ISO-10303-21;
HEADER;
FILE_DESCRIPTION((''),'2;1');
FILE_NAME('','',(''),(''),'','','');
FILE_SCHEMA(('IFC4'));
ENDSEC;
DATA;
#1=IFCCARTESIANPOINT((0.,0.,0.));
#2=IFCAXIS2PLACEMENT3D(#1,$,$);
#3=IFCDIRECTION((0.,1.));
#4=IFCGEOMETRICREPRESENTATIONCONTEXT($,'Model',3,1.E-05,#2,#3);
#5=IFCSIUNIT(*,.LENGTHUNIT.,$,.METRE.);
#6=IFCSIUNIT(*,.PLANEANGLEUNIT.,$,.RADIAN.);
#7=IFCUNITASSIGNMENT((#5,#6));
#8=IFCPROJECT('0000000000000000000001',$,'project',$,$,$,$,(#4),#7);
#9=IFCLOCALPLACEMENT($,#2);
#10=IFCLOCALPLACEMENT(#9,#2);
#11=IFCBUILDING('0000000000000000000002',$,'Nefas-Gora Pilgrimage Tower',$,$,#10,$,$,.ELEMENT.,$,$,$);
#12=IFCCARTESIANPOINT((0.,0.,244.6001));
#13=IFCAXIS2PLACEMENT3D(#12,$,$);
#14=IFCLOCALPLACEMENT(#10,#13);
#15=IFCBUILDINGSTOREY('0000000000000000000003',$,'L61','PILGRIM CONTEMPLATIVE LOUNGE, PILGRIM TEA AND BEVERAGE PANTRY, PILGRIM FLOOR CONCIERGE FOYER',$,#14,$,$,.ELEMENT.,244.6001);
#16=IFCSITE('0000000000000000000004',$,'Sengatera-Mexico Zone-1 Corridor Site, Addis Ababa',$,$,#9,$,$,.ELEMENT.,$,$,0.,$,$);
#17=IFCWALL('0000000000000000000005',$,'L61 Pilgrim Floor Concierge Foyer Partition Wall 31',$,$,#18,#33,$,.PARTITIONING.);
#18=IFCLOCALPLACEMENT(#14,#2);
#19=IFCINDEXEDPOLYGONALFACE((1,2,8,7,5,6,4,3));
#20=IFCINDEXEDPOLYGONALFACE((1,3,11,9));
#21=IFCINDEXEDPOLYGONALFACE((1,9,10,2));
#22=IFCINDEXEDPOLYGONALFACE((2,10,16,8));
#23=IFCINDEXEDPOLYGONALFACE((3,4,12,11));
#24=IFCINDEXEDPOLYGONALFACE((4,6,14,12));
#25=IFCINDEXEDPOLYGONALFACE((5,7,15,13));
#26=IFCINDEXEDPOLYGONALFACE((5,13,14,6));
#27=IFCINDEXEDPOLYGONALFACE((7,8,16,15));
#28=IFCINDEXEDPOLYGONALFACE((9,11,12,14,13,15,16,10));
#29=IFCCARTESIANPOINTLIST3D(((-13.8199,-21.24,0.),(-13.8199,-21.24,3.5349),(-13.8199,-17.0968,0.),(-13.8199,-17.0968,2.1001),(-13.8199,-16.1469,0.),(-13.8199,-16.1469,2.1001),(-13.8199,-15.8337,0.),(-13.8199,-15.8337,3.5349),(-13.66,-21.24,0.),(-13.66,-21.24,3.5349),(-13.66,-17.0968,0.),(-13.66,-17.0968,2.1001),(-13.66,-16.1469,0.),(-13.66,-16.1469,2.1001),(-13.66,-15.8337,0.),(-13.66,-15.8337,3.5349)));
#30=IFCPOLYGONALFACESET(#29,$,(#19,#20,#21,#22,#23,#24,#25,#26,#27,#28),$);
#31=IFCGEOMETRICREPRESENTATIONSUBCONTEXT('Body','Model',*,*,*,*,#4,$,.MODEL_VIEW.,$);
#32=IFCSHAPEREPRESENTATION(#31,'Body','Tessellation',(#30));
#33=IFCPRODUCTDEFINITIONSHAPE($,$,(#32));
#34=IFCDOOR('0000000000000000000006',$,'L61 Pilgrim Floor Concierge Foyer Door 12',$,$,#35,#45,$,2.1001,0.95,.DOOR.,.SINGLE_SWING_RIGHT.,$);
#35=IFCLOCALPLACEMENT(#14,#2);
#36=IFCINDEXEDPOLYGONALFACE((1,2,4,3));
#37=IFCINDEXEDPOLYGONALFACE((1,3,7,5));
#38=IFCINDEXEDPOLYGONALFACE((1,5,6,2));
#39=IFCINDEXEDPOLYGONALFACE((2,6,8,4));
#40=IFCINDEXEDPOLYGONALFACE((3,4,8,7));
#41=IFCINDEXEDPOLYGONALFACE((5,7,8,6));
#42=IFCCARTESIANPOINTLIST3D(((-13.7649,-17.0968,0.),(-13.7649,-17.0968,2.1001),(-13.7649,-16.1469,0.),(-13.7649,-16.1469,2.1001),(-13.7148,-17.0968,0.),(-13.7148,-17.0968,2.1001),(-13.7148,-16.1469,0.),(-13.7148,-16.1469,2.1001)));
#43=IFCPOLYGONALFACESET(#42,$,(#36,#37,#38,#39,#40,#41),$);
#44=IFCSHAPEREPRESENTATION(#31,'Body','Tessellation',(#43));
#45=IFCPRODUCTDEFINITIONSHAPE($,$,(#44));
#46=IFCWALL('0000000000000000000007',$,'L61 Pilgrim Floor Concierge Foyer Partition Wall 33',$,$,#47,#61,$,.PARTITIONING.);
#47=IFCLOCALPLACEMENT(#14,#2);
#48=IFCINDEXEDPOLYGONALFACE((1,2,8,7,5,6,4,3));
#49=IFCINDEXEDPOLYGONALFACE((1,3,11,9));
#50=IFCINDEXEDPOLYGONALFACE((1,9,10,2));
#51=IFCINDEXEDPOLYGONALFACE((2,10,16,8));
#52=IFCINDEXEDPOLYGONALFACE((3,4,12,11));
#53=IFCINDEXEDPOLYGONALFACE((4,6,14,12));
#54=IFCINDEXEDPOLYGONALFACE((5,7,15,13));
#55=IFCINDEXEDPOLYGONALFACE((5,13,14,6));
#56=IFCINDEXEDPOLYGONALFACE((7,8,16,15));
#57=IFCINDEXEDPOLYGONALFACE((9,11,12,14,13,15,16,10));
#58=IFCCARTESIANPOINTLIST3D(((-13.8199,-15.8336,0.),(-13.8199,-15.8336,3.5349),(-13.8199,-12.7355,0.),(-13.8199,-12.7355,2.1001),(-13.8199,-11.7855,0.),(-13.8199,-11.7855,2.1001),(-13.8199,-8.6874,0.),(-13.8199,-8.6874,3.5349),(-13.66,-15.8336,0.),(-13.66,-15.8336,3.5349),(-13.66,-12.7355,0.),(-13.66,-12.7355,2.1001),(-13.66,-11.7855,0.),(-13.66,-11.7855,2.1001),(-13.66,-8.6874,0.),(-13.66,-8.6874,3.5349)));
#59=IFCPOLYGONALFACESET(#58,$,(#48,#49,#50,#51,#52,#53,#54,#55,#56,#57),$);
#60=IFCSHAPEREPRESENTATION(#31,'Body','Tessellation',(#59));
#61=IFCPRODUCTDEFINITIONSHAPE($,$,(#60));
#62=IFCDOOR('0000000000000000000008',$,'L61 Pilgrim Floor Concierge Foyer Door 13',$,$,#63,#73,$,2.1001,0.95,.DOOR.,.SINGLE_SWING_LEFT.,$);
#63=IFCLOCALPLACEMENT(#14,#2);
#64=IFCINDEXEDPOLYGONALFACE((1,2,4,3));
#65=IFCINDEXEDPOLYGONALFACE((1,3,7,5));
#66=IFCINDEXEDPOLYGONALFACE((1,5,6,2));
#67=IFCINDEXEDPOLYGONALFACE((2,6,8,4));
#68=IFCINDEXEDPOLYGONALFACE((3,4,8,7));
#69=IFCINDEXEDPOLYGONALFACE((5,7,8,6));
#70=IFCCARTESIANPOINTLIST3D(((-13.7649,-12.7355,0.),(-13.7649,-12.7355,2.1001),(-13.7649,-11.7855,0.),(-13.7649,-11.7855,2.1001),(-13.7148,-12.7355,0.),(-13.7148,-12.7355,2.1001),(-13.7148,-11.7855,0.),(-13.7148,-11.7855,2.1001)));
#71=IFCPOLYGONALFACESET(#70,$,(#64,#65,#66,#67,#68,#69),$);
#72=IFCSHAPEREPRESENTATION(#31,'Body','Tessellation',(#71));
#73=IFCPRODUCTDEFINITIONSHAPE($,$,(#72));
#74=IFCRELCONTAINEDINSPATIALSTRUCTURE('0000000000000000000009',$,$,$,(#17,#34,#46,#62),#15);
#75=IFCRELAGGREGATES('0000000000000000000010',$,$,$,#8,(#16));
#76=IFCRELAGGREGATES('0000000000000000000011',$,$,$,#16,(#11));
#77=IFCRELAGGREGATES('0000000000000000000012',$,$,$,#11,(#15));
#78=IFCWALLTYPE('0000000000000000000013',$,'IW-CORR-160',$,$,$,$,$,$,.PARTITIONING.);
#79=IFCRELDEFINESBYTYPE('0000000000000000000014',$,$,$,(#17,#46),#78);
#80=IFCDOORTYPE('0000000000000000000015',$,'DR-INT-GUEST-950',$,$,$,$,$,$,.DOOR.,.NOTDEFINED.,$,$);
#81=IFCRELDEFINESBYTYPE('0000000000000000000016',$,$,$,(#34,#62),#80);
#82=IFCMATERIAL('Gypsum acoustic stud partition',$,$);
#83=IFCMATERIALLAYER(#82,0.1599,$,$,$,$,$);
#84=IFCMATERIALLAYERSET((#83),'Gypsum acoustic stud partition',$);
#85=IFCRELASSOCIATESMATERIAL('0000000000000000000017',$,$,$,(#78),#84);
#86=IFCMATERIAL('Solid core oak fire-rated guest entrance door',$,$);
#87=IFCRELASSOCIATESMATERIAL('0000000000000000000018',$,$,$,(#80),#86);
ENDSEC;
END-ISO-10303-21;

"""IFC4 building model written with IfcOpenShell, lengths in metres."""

from ifc_helpers import new_model, si_unit, direction, frame, frame_2d, origin, place, context, subcontext, project, spatial, rectangle, extrude, source, transform, mapped, material, layer, layer_set, type_object, element, fill, save


model = new_model("IFC4")

# Units and contexts
model_context = context("Model", 3, precision=1e-05, world=origin(), true_north=direction((0.0, 1.0)))
body_context = subcontext(model_context, "Body", "Model", "MODEL_VIEW")
ifc_project = project(units=[si_unit("LENGTHUNIT", "METRE"), si_unit("PLANEANGLEUNIT", "RADIAN")], contexts=[model_context])

# Site, building, storey
site_placement = place(None, origin())
site = spatial("IfcSite", under=ifc_project, at=site_placement, Name="Sengatera-Mexico Zone-1 Corridor Site, Addis Ababa", CompositionType="ELEMENT", RefElevation=0.0)
building_placement = place(site_placement, origin())
building = spatial("IfcBuilding", under=site, at=building_placement, Name="Nefas-Gora Pilgrimage Tower", CompositionType="ELEMENT")
storey_placement = place(building_placement, frame((0.0, 0.0, 244.6001)))
storey = spatial("IfcBuildingStorey", under=building, at=storey_placement, Name="L61", Description="PILGRIM CONTEMPLATIVE LOUNGE, PILGRIM TEA AND BEVERAGE PANTRY, PILGRIM FLOOR CONCIERGE FOYER", CompositionType="ELEMENT", Elevation=244.6001)

# Shared definitions
ifc_material_1 = material(Name="Gypsum acoustic stud partition")
ifc_layer_1 = layer(ifc_material_1, 0.1599)
ifc_layer_set_1 = layer_set([ifc_layer_1], Name="Gypsum acoustic stud partition")
wall_type_1 = type_object("IfcWallType", Name="IW-CORR-160", PredefinedType="PARTITIONING", material=ifc_layer_set_1)
ifc_material_2 = material(Name="Solid core oak fire-rated guest entrance door")
door_type = type_object("IfcDoorType", Name="DR-INT-GUEST-950", OperationType="NOTDEFINED", PredefinedType="DOOR", material=ifc_material_2)
shared_shape_1 = source(origin(), body_context, "Body", "SweptSolid", [
    extrude(rectangle(XDim=0.95, YDim=2.1001, at=frame_2d((0.4751, 1.05))), frame((0.0, 0.0249, 0.0), z_axis=(0.0, -1.0, 0.0), x_axis=(1.0, 0.0, 0.0)), (0.0, 0.0, 1.0), 0.05),
])

# Walls, openings, doors
shared_shape_2 = source(origin(), body_context, "Body", "SweptSolid", [
    extrude(rectangle(XDim=5.4062, YDim=0.1599, at=frame_2d((2.7031, 0.0))), origin(), (0.0, 0.0, 1.0), 3.5349),
])
wall_1_placement = place(storey_placement, frame((-13.74, -21.24, 0.0), z_axis=(0.0, 0.0, 1.0), x_axis=(0.0, 1.0, 0.0)))
wall_1 = element("IfcWall", 1, at=wall_1_placement, inside=storey, type_object=wall_type_1, Name="L61 Pilgrim Floor Concierge Foyer Partition Wall 31", PredefinedType="PARTITIONING", context=body_context, shape_type="MappedRepresentation", body=[
    mapped(shared_shape_2, transform((0.0, 0.0, 0.0), x_axis=(1.0, 0.0, 0.0), y_axis=(0.0, 1.0, 0.0), z_axis=(0.0, 0.0, 1.0), scale=1.0)),
])
opening_1_placement = place(wall_1_placement, frame((4.1431, 0.0, 0.0)))
opening_1 = element("IfcOpeningElement", 2, at=opening_1_placement, cuts=wall_1, PredefinedType="OPENING", context=body_context, shape_type="SweptSolid", body=[
    extrude(rectangle(XDim=0.95, YDim=2.1001, at=frame_2d((0.4751, 1.05))), frame((0.0, 0.0898, 0.0), z_axis=(0.0, -1.0, 0.0), x_axis=(1.0, 0.0, 0.0)), (0.0, 0.0, 1.0), 0.1799),
])
door_1_placement = place(opening_1_placement, origin())
door_1 = element("IfcDoor", 3, at=door_1_placement, inside=storey, type_object=door_type, Name="L61 Pilgrim Floor Concierge Foyer Door 12", OperationType="SINGLE_SWING_RIGHT", OverallHeight=2.1001, OverallWidth=0.95, PredefinedType="DOOR", context=body_context, shape_type="MappedRepresentation", body=[
    mapped(shared_shape_1, transform((0.0, 0.0, 0.0), x_axis=(1.0, 0.0, 0.0), y_axis=(0.0, 1.0, 0.0), z_axis=(0.0, 0.0, 1.0), scale=1.0)),
])
fill(opening_1, door_1)
shared_shape_3 = source(origin(), body_context, "Body", "SweptSolid", [
    extrude(rectangle(XDim=7.1462, YDim=0.1599, at=frame_2d((3.5732, 0.0))), origin(), (0.0, 0.0, 1.0), 3.5349),
])
wall_2_placement = place(storey_placement, frame((-13.74, -15.8337, 0.0), z_axis=(0.0, 0.0, 1.0), x_axis=(0.0, 1.0, 0.0)))
wall_2 = element("IfcWall", 4, at=wall_2_placement, inside=storey, type_object=wall_type_1, Name="L61 Pilgrim Floor Concierge Foyer Partition Wall 33", PredefinedType="PARTITIONING", context=body_context, shape_type="MappedRepresentation", body=[
    mapped(shared_shape_3, transform((0.0, 0.0, 0.0), x_axis=(1.0, 0.0, 0.0), y_axis=(0.0, 1.0, 0.0), z_axis=(0.0, 0.0, 1.0), scale=1.0)),
])
opening_2_placement = place(wall_2_placement, frame((3.0981, 0.0, 0.0)))
opening_2 = element("IfcOpeningElement", 5, at=opening_2_placement, cuts=wall_2, PredefinedType="OPENING", context=body_context, shape_type="SweptSolid", body=[
    extrude(rectangle(XDim=0.95, YDim=2.1001, at=frame_2d((0.4751, 1.05))), frame((0.0, 0.0898, 0.0), z_axis=(0.0, -1.0, 0.0), x_axis=(1.0, 0.0, 0.0)), (0.0, 0.0, 1.0), 0.1799),
])
door_2_placement = place(opening_2_placement, origin())
door_2 = element("IfcDoor", 6, at=door_2_placement, inside=storey, type_object=door_type, Name="L61 Pilgrim Floor Concierge Foyer Door 13", OperationType="SINGLE_SWING_LEFT", OverallHeight=2.1001, OverallWidth=0.95, PredefinedType="DOOR", context=body_context, shape_type="MappedRepresentation", body=[
    mapped(shared_shape_1, transform((0.0, 0.0, 0.0), x_axis=(1.0, 0.0, 0.0), y_axis=(0.0, 1.0, 0.0), z_axis=(0.0, 0.0, 1.0), scale=1.0)),
])
fill(opening_2, door_2)

save(model, "model.ifc")
